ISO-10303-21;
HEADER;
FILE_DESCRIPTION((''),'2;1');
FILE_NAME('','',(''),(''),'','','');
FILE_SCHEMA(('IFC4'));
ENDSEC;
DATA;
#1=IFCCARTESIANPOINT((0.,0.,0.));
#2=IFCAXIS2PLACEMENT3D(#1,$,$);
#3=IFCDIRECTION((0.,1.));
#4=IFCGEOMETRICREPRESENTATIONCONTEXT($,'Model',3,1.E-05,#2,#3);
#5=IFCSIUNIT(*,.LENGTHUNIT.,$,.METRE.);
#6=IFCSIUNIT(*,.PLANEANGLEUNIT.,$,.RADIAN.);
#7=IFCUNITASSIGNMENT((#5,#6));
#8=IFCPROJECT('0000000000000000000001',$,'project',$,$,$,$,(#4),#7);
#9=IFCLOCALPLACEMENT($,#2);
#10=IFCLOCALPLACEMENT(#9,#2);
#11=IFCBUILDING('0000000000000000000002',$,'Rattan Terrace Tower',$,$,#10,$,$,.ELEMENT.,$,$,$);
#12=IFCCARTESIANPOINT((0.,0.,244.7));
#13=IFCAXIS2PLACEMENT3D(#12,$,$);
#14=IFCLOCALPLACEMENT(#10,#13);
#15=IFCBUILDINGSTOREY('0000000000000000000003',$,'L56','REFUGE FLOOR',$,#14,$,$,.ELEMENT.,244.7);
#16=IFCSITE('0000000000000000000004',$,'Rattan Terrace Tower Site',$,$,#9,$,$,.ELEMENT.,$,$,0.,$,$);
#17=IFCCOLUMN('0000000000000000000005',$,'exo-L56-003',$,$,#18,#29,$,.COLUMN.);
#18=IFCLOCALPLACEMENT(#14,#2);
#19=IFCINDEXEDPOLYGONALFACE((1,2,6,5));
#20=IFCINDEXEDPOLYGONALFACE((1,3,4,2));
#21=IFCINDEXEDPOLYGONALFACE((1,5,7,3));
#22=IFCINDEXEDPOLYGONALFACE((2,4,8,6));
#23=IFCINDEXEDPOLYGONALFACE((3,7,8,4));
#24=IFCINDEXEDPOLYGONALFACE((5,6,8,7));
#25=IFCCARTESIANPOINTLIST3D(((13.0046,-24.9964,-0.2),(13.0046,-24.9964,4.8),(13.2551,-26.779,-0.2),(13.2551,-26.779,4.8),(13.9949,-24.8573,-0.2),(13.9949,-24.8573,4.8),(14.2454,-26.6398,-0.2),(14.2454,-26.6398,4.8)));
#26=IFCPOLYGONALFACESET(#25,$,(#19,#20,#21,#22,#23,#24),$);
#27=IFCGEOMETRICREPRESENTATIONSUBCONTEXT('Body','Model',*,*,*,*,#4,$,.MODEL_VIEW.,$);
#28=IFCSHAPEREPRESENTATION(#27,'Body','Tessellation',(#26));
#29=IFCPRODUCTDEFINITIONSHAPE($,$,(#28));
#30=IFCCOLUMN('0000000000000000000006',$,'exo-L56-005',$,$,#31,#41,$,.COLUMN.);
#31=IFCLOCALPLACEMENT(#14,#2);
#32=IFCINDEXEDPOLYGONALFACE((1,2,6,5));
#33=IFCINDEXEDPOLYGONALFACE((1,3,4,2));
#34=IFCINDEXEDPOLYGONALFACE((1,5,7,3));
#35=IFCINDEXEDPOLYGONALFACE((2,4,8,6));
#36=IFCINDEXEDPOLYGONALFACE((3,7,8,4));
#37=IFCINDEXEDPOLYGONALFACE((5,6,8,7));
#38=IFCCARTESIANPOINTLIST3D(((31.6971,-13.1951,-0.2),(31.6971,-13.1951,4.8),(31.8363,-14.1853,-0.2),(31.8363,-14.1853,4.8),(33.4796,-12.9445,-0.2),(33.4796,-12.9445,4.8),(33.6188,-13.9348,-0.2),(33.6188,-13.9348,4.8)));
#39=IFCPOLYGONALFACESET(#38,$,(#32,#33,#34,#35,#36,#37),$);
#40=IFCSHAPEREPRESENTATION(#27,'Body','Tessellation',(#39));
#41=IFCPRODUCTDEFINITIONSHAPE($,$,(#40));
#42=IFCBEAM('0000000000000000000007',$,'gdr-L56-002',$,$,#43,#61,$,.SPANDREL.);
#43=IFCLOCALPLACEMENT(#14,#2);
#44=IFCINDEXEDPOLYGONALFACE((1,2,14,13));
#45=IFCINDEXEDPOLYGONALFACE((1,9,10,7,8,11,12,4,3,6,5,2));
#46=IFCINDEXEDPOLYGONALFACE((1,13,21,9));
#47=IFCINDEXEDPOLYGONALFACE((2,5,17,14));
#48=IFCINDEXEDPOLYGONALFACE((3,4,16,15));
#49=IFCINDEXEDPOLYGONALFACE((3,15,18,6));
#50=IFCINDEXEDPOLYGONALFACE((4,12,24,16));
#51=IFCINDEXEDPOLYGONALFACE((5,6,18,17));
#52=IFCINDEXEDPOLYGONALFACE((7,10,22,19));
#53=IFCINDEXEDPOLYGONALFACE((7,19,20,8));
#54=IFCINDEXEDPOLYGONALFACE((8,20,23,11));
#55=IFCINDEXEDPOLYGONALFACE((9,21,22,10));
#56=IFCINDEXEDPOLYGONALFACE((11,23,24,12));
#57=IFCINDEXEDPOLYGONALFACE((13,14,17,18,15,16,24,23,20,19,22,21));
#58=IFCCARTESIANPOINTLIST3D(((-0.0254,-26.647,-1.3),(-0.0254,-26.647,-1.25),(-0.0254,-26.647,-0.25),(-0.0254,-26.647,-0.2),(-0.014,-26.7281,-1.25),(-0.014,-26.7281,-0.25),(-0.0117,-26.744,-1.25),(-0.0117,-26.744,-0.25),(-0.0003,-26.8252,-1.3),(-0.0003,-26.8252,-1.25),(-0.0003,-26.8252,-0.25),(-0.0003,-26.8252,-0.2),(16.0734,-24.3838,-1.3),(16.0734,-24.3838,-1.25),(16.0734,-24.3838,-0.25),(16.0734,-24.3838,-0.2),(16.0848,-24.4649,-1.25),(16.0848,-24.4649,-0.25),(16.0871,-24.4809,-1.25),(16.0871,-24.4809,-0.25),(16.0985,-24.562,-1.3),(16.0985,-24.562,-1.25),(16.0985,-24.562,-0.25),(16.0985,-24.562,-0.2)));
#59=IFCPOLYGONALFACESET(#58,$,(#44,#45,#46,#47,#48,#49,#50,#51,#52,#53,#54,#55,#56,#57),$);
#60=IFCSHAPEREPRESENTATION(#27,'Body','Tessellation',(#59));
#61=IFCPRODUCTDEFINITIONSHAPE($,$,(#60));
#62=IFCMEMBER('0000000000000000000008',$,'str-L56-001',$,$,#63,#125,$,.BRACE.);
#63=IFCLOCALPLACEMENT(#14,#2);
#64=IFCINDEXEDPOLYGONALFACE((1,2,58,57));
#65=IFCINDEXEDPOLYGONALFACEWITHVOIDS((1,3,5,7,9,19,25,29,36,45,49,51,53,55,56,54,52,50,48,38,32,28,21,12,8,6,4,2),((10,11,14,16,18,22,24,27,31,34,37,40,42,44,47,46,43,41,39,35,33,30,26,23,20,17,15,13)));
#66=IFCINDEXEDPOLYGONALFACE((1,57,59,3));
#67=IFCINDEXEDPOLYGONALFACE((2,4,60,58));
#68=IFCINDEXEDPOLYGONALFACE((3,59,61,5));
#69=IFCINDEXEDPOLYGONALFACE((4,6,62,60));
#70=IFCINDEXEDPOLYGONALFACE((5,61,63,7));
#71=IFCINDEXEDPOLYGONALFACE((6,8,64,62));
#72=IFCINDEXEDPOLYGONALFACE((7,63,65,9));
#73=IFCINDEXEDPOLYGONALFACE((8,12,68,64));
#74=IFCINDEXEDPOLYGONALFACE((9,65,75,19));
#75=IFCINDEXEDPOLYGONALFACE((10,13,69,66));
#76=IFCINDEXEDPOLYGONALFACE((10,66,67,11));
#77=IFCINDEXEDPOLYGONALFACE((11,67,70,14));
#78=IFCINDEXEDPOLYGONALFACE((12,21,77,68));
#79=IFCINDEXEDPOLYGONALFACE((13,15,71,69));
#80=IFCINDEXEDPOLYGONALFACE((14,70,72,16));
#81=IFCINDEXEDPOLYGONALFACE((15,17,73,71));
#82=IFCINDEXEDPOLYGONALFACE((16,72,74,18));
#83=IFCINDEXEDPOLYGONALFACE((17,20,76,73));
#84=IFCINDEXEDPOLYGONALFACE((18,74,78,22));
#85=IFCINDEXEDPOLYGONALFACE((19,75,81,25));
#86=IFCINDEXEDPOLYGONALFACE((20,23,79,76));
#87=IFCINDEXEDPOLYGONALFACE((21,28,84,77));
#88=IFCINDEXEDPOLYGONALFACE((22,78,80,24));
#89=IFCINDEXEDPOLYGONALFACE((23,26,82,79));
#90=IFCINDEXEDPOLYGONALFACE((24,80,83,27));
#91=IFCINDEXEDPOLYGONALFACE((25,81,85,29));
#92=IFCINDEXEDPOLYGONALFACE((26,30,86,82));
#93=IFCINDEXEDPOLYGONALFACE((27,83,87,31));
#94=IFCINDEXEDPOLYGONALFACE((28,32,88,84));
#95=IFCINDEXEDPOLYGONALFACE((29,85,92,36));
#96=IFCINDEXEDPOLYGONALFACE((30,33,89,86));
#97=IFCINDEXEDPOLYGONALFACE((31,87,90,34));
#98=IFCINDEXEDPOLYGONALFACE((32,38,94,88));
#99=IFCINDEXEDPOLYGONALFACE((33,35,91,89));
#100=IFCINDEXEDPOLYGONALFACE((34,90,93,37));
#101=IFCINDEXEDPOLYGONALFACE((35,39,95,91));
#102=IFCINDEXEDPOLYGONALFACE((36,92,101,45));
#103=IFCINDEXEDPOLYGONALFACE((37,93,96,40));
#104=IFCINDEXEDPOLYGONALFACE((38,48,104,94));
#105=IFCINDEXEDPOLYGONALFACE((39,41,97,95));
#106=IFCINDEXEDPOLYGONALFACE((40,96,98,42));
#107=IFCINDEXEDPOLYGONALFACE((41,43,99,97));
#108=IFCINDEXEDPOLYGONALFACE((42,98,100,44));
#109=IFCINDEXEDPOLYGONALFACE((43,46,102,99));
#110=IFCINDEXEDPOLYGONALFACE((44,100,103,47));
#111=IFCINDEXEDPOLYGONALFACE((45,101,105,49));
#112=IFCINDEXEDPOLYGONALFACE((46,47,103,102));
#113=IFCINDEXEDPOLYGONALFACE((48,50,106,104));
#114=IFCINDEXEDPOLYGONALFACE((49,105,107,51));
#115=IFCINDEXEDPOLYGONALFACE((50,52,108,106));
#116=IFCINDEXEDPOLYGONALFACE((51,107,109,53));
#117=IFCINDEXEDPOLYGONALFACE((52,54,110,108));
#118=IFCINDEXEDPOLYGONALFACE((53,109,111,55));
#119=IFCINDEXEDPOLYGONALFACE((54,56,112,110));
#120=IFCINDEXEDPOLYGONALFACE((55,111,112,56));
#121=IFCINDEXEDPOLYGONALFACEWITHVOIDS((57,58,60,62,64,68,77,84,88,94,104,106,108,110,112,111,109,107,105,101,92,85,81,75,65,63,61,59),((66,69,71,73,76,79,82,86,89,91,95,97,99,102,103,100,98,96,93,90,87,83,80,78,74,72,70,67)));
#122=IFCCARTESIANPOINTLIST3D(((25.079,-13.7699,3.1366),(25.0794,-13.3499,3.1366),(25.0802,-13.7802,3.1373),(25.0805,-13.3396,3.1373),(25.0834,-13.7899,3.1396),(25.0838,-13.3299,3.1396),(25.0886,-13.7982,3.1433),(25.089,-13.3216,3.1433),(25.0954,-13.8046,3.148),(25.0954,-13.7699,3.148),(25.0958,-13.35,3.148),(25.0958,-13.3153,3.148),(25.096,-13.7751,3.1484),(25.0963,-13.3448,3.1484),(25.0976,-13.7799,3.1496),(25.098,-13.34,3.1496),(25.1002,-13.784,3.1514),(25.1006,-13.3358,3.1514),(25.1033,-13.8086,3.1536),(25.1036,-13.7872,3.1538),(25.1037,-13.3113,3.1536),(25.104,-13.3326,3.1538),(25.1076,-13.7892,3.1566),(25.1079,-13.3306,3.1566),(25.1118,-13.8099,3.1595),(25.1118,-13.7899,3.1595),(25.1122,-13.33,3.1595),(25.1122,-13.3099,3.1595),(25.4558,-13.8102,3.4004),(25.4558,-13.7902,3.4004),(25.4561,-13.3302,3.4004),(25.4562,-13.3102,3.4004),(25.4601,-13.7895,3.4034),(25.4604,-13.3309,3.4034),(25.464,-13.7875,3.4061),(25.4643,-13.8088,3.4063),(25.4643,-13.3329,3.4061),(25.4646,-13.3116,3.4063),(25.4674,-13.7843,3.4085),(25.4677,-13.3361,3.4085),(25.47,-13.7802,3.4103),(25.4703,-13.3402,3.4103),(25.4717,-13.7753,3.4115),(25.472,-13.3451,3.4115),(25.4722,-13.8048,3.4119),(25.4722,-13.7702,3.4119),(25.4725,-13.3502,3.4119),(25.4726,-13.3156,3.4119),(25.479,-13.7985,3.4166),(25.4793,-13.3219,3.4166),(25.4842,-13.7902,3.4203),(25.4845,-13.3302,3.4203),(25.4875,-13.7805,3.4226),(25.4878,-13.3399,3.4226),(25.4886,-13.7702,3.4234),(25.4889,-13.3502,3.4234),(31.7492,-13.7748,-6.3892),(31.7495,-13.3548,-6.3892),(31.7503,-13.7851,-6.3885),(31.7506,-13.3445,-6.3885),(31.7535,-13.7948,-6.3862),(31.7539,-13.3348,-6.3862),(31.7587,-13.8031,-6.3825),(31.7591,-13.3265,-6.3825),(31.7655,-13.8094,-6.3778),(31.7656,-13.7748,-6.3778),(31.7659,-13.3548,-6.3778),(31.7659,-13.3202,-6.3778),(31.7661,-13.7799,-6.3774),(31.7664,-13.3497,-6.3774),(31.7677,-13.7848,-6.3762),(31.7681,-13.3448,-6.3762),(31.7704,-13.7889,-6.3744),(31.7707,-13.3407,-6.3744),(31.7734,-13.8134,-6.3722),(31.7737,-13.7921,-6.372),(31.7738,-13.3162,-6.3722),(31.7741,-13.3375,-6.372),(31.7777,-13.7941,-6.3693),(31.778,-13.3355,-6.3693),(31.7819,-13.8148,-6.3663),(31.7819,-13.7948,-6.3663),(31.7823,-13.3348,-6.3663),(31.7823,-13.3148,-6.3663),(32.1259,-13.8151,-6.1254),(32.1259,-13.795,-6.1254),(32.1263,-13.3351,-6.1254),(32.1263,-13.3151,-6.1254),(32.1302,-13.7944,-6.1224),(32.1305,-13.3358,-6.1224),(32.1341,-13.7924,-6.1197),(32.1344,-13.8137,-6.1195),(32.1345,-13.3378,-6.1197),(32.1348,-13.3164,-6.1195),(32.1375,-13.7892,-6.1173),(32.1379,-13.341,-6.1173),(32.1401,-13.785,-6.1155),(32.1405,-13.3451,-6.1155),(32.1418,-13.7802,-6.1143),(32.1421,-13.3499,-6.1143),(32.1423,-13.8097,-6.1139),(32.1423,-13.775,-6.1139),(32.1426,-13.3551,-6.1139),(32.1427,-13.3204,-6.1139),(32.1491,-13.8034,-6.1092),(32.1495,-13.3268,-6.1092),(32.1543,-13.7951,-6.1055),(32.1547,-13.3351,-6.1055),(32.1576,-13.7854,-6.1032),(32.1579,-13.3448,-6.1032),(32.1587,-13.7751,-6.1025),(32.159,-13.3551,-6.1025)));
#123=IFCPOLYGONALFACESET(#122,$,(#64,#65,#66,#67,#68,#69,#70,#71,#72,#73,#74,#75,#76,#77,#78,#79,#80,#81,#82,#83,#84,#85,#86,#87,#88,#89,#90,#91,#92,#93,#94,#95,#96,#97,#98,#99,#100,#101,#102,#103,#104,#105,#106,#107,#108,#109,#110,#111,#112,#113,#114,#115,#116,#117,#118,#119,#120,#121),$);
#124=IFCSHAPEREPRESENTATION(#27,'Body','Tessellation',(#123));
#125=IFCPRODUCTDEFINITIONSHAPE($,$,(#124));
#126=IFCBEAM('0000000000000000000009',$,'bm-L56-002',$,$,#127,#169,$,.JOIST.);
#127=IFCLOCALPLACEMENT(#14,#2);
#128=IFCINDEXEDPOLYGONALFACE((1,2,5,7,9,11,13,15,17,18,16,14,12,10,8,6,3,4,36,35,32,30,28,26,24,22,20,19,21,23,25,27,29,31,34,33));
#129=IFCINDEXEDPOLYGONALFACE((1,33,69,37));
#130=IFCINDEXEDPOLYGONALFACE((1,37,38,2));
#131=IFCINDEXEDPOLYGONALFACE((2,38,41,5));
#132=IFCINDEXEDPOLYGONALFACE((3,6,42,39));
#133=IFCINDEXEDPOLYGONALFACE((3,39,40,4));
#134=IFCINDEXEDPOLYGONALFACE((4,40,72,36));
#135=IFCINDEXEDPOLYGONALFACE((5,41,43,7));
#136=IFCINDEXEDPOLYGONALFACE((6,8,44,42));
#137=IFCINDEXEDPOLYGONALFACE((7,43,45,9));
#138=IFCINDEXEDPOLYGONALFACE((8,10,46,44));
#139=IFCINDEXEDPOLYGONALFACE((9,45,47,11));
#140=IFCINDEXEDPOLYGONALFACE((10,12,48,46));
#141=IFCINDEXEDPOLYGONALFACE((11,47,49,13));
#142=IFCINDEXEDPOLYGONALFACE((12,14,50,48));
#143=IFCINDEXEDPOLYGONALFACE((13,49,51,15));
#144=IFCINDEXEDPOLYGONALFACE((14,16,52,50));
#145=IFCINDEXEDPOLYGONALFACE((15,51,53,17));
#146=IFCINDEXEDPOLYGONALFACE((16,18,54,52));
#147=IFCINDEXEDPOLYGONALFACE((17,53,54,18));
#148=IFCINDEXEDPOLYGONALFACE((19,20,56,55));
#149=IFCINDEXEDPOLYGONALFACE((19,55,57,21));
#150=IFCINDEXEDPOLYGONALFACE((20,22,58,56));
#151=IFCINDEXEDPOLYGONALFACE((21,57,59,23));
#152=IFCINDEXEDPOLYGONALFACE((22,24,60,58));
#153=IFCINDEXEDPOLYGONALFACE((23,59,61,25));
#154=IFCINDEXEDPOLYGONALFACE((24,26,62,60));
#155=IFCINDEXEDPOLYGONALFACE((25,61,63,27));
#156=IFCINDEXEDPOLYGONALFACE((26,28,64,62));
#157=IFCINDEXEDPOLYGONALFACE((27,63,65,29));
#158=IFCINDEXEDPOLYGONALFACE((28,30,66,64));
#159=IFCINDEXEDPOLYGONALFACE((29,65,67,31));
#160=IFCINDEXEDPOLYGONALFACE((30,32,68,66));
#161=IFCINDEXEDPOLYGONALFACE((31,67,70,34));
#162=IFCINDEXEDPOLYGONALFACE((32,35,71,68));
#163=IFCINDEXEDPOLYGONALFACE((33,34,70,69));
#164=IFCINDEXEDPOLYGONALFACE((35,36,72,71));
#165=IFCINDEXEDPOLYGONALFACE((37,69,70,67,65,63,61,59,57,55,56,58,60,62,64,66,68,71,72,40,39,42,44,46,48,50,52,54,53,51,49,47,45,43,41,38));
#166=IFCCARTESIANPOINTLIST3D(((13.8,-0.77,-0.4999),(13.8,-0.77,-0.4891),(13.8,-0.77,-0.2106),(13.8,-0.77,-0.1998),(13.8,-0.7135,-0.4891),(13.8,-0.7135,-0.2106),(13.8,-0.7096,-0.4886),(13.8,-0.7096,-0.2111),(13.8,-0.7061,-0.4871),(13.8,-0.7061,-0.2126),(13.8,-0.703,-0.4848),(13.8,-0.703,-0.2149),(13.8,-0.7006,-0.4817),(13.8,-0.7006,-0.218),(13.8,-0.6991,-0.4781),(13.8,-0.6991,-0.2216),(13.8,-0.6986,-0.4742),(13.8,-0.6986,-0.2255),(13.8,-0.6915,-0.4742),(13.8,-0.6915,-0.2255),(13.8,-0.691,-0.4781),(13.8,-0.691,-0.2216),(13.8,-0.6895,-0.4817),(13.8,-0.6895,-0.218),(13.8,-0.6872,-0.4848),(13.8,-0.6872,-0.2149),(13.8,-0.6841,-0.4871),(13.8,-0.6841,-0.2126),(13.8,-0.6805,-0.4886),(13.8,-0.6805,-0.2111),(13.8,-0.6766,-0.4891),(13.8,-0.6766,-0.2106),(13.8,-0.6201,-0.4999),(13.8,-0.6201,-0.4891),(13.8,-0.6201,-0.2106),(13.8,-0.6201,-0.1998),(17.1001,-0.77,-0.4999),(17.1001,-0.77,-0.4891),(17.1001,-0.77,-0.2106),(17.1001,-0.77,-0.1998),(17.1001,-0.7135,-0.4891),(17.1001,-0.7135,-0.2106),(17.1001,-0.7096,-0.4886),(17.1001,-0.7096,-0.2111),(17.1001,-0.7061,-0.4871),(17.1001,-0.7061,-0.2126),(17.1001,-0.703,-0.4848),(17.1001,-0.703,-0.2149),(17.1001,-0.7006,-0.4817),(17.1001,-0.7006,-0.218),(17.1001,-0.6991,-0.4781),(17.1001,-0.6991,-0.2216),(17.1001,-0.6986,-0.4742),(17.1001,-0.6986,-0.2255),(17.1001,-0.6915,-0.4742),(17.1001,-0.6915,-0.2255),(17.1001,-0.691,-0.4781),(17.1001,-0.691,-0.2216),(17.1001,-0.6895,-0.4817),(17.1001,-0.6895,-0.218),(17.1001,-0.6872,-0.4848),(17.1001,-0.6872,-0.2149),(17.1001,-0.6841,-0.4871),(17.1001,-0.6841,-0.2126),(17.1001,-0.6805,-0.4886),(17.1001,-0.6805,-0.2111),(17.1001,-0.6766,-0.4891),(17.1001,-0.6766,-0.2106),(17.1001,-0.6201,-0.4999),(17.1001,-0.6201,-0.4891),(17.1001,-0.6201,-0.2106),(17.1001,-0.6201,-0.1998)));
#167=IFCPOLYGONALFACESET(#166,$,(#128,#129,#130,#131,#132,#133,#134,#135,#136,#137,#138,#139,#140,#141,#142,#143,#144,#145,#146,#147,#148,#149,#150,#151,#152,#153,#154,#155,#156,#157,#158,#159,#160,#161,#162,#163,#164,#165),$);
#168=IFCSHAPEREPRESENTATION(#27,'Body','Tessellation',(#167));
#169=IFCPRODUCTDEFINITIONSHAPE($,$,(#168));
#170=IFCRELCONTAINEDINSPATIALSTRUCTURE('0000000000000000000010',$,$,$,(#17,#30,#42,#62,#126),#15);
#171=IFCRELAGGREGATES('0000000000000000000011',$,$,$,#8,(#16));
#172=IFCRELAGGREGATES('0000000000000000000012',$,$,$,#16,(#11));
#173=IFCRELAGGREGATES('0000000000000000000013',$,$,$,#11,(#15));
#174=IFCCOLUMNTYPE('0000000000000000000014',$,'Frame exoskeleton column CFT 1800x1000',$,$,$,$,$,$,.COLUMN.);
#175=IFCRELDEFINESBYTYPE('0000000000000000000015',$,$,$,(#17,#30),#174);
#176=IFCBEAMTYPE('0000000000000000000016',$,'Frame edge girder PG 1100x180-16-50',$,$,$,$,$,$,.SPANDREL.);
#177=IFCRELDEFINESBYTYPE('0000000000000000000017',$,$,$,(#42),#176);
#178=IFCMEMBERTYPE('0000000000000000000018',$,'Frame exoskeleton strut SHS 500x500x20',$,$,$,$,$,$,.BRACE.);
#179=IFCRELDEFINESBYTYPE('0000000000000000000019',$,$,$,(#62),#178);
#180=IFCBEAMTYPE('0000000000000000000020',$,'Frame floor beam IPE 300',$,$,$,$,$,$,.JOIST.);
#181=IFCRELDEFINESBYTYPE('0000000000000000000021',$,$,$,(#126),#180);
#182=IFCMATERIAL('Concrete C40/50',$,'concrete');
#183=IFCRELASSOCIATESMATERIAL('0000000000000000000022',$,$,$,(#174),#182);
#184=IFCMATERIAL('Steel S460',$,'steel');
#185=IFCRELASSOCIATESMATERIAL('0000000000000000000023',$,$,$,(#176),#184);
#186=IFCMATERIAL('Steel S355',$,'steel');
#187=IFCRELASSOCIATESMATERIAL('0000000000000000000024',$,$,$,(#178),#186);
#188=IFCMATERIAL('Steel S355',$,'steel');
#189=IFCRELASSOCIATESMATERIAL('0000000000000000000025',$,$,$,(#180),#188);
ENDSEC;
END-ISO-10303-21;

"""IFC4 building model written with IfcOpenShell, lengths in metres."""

from ifc_helpers import new_model, si_unit, direction, frame, origin, origin_2d, place, context, subcontext, project, spatial, rectangle, hollow_rectangle, i_section, extrude, material, material_profile, profile_set, type_object, element, save


model = new_model("IFC4")

# Units and contexts
model_context = context("Model", 3, precision=1e-05, world=origin(), true_north=direction((0.0, 1.0)))
body_context = subcontext(model_context, "Body", "Model", "MODEL_VIEW")
ifc_project = project(units=[si_unit("LENGTHUNIT", "METRE"), si_unit("PLANEANGLEUNIT", "RADIAN")], contexts=[model_context])

# Site, building, storey
site_placement = place(None, origin())
site = spatial("IfcSite", under=ifc_project, at=site_placement, Name="Rattan Terrace Tower Site", CompositionType="ELEMENT", RefElevation=0.0)
building_placement = place(site_placement, origin())
building = spatial("IfcBuilding", under=site, at=building_placement, Name="Rattan Terrace Tower", CompositionType="ELEMENT")
storey_placement = place(building_placement, frame((0.0, 0.0, 244.7)))
storey = spatial("IfcBuildingStorey", under=building, at=storey_placement, Name="L56", Description="REFUGE FLOOR", CompositionType="ELEMENT", Elevation=244.7)

# Columns
ifc_material_1 = material(Name="Concrete C40/50", Category="concrete")
ifc_material_profile_1 = material_profile(ifc_material_1, rectangle(XDim=1.0, YDim=1.8, at=origin_2d()), Name="CFT 1800x1000")
ifc_profile_set_1 = profile_set([ifc_material_profile_1], Name="Concrete C40/50")
column_type = type_object("IfcColumnType", Name="Frame exoskeleton column CFT 1800x1000", PredefinedType="COLUMN", material=ifc_profile_set_1)
for number, where, z_axis, x_axis, name in (
    (1, (13.625, -25.8181, -0.2), (0.0, 0.0, 1.0), (0.990268, 0.139173, 0.0), "exo-L56-003"),
    (2, (32.658, -13.5649, -0.2), (0.0, 0.0, 1.0), (-0.13919, 0.990266, 0.0), "exo-L56-005"),
):
    element("IfcColumn", number, at=place(storey_placement, frame(where, z_axis=z_axis, x_axis=x_axis)), inside=storey, type_object=column_type, Name=name, PredefinedType="COLUMN", context=body_context, shape_type="SweptSolid", body=[
        extrude(rectangle(XDim=1.0, YDim=1.8, at=origin_2d()), origin(), (0.0, 0.0, 1.0), 5.0),
    ])

# Beam
ifc_material_2 = material(Name="Steel S460", Category="steel")
ifc_material_profile_2 = material_profile(ifc_material_2, i_section(OverallWidth=0.1799, OverallDepth=1.1001, WebThickness=0.0161, FlangeThickness=0.05, at=origin_2d()), Name="PG 1100x180-16-50")
ifc_profile_set_2 = profile_set([ifc_material_profile_2], Name="Steel S460")
beam_type_1 = type_object("IfcBeamType", Name="Frame edge girder PG 1100x180-16-50", PredefinedType="SPANDREL", material=ifc_profile_set_2)
beam_1_placement = place(storey_placement, frame((16.0859, -24.4729, -0.75), z_axis=(-0.990263, -0.139211, 0.0), x_axis=(0.139211, -0.990263, 0.0)))
element("IfcBeam", 3, at=beam_1_placement, inside=storey, type_object=beam_type_1, Name="gdr-L56-002", PredefinedType="SPANDREL", context=body_context, shape_type="SweptSolid", body=[
    extrude(i_section(OverallWidth=0.1799, OverallDepth=1.1001, WebThickness=0.0161, FlangeThickness=0.05, at=origin_2d()), origin(), (0.0, 0.0, 1.0), 16.2571),
])

# Member
ifc_material_3 = material(Name="Steel S355", Category="steel")
ifc_material_profile_3 = material_profile(ifc_material_3, hollow_rectangle(XDim=0.5, YDim=0.5, WallThickness=0.02, InnerFilletRadius=0.02, OuterFilletRadius=0.04, at=origin_2d()), Name="SHS 500x500x20")
ifc_profile_set_3 = profile_set([ifc_material_profile_3], Name="Steel S355")
member_type = type_object("IfcMemberType", Name="Frame exoskeleton strut SHS 500x500x20", PredefinedType="BRACE", material=ifc_profile_set_3)
member_placement = place(storey_placement, frame((31.9541, -13.5649, -6.2458), z_axis=(-0.573581, 0.00042, 0.819149), x_axis=(-0.000732, -1.0, 0.0)))
element("IfcMember", 4, at=member_placement, inside=storey, type_object=member_type, Name="str-L56-001", PredefinedType="BRACE", context=body_context, shape_type="SweptSolid", body=[
    extrude(hollow_rectangle(XDim=0.5, YDim=0.5, WallThickness=0.02, InnerFilletRadius=0.02, OuterFilletRadius=0.04, at=origin_2d()), origin(), (0.0, 0.0, 1.0), 11.6289),
])

# Beam
ifc_material_4 = material(Name="Steel S355", Category="steel")
ifc_material_profile_4 = material_profile(ifc_material_4, i_section(OverallWidth=0.1499, OverallDepth=0.3, WebThickness=0.0071, FlangeThickness=0.0107, FilletRadius=0.0149, at=origin_2d()), Name="IPE 300")
ifc_profile_set_4 = profile_set([ifc_material_profile_4], Name="Steel S355")
beam_type_2 = type_object("IfcBeamType", Name="Frame floor beam IPE 300", PredefinedType="JOIST", material=ifc_profile_set_4)
beam_2_placement = place(storey_placement, frame((13.8, -0.6951, -0.3499), z_axis=(1.0, 0.0, 0.0), x_axis=(0.0, 1.0, 0.0)))
element("IfcBeam", 5, at=beam_2_placement, inside=storey, type_object=beam_type_2, Name="bm-L56-002", PredefinedType="JOIST", context=body_context, shape_type="SweptSolid", body=[
    extrude(i_section(OverallWidth=0.1499, OverallDepth=0.3, WebThickness=0.0071, FlangeThickness=0.0107, FilletRadius=0.0149, at=origin_2d()), origin(), (0.0, 0.0, 1.0), 3.3),
])

save(model, "model.ifc")
